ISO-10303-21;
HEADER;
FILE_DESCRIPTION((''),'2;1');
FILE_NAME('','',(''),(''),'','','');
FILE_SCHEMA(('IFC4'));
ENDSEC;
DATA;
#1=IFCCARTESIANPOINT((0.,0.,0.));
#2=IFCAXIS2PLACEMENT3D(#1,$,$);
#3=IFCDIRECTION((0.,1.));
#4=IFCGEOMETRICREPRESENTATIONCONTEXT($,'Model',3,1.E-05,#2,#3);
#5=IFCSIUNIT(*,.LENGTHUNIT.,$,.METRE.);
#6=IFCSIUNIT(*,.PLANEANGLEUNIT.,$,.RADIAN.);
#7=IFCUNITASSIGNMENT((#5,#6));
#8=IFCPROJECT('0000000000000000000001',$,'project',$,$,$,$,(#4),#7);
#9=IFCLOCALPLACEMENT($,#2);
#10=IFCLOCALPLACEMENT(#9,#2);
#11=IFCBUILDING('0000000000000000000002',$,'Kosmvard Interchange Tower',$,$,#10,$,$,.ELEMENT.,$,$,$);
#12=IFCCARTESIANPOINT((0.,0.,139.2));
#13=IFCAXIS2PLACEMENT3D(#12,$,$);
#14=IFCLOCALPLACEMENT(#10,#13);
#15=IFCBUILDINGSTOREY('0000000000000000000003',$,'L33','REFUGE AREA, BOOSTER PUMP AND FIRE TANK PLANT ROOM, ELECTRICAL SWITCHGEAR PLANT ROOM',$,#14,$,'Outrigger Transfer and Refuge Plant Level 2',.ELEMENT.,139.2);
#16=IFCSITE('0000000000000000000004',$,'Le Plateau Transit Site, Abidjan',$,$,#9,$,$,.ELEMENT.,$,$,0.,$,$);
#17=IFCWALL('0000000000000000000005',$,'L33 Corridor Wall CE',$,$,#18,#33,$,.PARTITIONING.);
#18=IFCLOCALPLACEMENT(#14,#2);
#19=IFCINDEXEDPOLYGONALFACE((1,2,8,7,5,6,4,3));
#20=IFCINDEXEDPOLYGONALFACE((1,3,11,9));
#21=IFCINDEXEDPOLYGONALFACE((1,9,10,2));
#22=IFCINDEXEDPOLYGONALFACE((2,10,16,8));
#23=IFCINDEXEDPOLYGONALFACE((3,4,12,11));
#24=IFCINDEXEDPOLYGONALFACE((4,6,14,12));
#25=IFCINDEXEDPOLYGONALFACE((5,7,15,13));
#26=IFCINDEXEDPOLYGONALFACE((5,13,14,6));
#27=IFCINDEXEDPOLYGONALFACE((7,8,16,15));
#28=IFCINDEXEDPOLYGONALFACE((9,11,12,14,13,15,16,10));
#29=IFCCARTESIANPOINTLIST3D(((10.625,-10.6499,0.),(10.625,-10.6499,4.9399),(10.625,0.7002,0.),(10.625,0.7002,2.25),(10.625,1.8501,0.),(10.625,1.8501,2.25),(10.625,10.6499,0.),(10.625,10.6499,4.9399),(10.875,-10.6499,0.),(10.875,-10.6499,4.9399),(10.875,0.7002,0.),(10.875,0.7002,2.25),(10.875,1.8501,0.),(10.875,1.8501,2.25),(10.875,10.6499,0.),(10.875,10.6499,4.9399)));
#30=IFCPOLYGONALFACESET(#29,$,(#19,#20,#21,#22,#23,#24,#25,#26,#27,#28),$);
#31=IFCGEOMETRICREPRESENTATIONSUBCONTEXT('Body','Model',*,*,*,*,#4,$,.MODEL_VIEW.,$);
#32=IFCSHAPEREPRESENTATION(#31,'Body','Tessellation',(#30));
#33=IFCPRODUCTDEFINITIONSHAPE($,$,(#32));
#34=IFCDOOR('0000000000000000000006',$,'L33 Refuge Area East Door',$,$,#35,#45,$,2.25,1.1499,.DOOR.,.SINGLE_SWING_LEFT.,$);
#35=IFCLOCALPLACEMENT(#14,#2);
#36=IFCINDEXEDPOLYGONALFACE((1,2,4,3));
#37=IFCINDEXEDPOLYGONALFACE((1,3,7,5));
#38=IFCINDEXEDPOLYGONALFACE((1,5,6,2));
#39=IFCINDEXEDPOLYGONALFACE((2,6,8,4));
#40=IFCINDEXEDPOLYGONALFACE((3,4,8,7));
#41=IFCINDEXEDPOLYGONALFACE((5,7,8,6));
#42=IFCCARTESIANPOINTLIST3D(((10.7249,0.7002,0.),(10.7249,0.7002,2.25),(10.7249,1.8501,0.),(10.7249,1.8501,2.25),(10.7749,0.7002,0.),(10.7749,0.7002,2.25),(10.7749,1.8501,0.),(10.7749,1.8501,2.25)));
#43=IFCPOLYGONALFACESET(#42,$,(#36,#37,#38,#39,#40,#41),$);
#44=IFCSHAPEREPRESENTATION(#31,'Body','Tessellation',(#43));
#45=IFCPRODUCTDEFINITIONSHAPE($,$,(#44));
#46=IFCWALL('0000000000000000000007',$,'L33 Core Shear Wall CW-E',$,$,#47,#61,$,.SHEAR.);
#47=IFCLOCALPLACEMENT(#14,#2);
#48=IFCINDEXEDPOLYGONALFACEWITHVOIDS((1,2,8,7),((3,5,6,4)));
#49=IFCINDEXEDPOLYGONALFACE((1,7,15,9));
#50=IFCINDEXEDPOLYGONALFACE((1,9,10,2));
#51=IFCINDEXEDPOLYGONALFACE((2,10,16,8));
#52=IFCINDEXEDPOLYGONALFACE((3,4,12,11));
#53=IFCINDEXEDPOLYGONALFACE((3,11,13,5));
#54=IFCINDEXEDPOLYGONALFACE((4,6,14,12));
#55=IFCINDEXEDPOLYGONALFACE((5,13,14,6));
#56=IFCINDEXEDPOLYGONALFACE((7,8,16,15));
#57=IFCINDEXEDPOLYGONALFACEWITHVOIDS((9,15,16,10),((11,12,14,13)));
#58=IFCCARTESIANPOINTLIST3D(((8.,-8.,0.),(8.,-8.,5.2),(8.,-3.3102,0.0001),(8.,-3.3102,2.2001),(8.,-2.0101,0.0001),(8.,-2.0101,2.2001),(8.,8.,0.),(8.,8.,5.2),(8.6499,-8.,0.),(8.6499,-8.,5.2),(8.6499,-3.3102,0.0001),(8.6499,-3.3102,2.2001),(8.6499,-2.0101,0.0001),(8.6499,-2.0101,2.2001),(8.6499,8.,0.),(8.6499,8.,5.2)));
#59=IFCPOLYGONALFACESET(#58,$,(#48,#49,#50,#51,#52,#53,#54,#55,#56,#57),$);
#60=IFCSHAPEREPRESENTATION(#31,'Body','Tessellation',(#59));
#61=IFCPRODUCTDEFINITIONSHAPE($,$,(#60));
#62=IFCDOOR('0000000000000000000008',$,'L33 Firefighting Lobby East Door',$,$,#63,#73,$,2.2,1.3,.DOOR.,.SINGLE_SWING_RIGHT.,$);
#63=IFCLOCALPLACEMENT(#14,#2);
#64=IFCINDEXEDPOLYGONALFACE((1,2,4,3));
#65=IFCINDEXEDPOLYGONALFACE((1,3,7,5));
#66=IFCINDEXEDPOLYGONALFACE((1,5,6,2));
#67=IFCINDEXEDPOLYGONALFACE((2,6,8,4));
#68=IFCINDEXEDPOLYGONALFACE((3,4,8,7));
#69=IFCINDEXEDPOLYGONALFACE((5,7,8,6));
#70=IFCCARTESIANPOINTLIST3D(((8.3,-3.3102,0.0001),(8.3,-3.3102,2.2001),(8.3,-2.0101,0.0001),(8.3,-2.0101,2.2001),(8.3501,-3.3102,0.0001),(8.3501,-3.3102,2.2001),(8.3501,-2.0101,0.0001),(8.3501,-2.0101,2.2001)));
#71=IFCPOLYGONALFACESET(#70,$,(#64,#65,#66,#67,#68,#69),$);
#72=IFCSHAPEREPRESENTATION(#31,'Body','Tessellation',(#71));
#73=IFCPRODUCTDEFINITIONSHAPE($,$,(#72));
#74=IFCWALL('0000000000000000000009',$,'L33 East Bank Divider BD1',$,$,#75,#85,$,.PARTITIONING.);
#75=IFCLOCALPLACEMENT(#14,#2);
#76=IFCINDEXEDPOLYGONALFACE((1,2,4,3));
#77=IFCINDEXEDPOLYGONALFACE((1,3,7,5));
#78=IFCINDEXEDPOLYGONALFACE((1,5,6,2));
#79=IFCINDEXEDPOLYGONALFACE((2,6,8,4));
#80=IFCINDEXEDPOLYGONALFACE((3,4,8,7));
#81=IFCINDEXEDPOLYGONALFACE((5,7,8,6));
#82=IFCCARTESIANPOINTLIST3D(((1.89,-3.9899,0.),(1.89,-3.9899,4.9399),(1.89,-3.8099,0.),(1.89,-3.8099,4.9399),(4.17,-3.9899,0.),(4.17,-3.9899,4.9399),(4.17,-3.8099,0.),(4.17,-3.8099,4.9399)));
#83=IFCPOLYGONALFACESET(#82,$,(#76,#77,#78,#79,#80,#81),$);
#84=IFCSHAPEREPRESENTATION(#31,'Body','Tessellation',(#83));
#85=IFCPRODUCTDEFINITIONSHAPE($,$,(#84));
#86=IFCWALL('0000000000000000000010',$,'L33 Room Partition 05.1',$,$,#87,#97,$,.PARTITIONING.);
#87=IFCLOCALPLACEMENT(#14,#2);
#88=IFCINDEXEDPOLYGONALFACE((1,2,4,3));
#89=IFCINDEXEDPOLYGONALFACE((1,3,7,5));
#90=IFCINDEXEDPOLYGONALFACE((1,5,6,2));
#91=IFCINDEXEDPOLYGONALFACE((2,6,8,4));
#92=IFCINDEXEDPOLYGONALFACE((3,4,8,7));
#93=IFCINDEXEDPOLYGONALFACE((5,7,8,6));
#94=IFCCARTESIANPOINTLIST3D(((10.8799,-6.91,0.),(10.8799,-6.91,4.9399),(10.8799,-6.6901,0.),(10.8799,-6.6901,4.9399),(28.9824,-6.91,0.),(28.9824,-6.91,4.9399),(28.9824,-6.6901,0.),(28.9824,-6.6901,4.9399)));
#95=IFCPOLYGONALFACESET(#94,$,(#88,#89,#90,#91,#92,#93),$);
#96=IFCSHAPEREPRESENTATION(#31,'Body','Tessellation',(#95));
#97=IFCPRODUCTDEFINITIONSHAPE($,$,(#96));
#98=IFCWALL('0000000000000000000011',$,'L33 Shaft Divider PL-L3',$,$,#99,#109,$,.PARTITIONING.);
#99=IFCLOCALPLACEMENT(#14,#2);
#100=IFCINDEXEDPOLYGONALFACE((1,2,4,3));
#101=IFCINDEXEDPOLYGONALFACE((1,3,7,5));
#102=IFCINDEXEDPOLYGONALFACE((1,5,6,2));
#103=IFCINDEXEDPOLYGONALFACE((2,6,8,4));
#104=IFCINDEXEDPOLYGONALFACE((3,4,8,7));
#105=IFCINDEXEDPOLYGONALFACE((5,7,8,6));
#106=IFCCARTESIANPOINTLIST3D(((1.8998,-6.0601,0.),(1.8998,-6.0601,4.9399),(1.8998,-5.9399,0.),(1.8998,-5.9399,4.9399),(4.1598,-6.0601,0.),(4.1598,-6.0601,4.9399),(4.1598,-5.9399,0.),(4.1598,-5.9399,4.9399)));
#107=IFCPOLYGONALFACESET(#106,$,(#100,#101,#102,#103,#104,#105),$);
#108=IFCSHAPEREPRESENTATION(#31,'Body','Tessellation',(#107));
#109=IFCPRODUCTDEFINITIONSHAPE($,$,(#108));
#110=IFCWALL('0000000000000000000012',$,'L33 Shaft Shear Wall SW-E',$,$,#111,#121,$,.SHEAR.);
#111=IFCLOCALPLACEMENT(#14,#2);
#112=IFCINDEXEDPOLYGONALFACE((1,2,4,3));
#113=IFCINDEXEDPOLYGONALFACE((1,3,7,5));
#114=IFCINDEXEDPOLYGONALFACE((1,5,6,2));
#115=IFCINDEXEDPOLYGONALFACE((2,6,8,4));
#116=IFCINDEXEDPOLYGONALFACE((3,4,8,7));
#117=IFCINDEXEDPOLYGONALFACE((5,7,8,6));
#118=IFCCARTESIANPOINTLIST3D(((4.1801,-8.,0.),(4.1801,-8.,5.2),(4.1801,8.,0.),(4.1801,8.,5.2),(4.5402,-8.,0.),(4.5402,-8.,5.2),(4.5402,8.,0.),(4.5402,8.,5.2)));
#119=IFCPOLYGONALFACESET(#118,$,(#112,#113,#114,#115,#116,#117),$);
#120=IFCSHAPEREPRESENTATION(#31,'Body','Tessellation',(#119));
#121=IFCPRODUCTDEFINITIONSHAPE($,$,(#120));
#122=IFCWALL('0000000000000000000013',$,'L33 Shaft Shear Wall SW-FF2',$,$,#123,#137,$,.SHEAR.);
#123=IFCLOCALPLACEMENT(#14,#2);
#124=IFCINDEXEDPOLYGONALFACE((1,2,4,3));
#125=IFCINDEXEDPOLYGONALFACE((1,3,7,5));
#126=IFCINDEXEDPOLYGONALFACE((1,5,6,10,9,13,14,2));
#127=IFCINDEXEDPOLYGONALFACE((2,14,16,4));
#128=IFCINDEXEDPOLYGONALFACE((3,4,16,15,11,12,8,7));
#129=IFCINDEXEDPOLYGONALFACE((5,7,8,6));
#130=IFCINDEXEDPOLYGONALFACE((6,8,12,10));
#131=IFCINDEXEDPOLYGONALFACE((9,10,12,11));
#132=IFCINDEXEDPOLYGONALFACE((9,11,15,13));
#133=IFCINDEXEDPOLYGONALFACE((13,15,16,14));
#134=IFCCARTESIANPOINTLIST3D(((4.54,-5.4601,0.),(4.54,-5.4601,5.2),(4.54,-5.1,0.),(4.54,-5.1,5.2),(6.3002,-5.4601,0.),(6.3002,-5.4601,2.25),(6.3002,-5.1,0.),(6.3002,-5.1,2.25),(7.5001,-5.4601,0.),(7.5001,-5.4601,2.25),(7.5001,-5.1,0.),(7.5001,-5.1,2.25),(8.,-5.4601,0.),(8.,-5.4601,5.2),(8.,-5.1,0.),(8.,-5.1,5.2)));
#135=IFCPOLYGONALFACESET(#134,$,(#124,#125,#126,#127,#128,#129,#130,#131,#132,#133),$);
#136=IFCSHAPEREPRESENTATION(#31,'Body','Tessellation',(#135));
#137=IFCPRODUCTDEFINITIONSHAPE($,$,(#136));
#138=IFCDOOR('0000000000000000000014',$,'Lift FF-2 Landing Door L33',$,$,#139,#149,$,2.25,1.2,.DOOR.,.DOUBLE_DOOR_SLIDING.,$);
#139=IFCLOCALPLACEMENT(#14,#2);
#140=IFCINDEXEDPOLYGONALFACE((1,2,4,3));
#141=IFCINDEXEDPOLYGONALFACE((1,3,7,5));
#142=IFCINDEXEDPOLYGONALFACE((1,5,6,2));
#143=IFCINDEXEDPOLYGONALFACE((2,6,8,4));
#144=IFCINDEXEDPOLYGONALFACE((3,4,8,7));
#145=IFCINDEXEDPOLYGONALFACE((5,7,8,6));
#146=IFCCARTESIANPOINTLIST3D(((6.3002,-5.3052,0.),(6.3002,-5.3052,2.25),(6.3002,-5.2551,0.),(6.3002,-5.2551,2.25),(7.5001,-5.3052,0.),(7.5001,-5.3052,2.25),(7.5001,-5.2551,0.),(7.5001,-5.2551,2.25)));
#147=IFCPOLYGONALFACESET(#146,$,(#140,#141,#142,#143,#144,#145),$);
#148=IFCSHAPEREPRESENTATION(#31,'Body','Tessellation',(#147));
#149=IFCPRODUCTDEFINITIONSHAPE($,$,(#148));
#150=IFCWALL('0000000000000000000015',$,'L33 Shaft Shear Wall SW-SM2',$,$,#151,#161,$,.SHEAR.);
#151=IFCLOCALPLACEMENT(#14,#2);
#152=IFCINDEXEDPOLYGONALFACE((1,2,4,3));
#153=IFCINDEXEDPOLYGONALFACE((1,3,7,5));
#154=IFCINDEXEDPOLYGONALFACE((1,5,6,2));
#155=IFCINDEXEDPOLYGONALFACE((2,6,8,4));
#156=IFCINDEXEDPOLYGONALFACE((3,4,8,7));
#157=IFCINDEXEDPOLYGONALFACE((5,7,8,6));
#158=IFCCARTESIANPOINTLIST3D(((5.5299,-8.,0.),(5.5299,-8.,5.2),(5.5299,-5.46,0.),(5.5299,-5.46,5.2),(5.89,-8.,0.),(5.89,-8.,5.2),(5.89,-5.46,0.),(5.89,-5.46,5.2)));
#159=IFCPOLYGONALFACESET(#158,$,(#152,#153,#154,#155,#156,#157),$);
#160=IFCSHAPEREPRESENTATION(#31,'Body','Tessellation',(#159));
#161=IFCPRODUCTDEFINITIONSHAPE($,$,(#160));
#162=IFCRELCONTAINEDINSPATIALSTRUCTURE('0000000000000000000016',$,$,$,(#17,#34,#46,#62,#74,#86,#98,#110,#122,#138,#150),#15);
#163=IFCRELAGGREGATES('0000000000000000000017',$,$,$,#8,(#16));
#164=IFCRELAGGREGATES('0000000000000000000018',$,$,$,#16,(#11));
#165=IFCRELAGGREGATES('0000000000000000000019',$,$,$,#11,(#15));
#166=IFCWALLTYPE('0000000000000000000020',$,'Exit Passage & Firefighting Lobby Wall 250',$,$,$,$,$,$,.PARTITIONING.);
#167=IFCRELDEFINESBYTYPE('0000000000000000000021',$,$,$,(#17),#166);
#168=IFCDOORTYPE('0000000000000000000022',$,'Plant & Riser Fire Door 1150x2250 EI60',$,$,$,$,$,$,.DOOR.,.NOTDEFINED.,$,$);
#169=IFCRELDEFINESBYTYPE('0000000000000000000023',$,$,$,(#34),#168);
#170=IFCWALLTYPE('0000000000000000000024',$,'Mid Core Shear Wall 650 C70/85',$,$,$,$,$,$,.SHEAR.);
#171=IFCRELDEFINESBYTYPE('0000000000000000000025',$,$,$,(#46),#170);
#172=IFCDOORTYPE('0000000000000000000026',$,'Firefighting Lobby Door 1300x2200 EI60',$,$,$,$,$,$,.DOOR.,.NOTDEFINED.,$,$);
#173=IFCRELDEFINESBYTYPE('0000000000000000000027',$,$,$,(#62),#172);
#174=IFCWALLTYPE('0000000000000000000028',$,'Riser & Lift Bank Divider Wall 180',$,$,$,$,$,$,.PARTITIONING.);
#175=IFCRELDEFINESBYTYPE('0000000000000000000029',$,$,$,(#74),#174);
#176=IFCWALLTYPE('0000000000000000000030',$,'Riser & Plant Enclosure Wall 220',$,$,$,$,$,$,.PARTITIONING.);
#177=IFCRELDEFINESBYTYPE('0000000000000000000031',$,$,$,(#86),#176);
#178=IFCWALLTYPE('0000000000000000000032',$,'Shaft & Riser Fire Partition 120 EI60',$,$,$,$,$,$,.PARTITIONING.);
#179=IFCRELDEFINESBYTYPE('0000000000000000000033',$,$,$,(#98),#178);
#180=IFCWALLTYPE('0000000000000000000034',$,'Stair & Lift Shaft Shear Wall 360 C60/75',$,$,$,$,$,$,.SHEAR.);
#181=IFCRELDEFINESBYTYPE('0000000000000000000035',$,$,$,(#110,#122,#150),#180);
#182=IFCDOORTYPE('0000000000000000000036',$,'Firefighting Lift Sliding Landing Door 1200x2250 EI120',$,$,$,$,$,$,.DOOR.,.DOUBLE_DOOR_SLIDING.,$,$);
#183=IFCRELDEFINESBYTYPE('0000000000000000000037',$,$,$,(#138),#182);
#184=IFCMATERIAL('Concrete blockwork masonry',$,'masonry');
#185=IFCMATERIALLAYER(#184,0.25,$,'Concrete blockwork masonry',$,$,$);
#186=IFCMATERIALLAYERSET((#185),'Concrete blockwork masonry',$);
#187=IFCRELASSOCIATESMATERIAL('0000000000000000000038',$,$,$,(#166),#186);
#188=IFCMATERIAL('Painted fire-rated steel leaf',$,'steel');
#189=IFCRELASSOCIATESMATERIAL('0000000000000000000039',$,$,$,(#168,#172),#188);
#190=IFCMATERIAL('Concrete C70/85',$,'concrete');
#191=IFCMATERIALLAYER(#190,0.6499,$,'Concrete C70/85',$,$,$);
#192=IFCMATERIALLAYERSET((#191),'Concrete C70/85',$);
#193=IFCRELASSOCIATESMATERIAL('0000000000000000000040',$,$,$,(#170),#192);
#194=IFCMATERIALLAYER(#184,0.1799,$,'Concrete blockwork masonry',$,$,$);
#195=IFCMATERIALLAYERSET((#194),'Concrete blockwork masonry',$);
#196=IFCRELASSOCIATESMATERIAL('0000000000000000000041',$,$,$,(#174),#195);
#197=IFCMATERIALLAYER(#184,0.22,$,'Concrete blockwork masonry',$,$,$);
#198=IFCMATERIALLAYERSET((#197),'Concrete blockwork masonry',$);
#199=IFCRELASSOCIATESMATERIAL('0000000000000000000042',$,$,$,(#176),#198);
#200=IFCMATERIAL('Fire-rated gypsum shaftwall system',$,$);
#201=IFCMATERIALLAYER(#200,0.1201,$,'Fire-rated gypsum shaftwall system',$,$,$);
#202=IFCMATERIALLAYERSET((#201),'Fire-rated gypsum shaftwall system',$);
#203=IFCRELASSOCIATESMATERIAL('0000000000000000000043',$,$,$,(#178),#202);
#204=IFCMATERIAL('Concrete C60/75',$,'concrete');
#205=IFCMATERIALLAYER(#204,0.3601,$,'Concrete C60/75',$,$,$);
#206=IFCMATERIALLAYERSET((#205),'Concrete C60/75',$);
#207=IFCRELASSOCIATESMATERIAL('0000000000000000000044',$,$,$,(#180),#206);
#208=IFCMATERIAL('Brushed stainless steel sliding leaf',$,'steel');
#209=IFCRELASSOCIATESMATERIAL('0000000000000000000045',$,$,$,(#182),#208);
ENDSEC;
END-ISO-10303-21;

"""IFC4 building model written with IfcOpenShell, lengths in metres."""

from ifc_helpers import new_model, si_unit, direction, frame, frame_2d, origin, place, context, subcontext, project, spatial, rectangle, extrude, source, transform, mapped, material, layer, layer_set, type_object, element, fill, save


model = new_model("IFC4")

# Units and contexts
model_context = context("Model", 3, precision=1e-05, world=origin(), true_north=direction((0.0, 1.0)))
body_context = subcontext(model_context, "Body", "Model", "MODEL_VIEW")
ifc_project = project(units=[si_unit("LENGTHUNIT", "METRE"), si_unit("PLANEANGLEUNIT", "RADIAN")], contexts=[model_context])

# Site, building, storey
site_placement = place(None, origin())
site = spatial("IfcSite", under=ifc_project, at=site_placement, Name="Le Plateau Transit Site, Abidjan", CompositionType="ELEMENT", RefElevation=0.0)
building_placement = place(site_placement, origin())
building = spatial("IfcBuilding", under=site, at=building_placement, Name="Kosmvard Interchange Tower", CompositionType="ELEMENT")
storey_placement = place(building_placement, frame((0.0, 0.0, 139.2)))
storey = spatial("IfcBuildingStorey", under=building, at=storey_placement, Name="L33", Description="REFUGE AREA, BOOSTER PUMP AND FIRE TANK PLANT ROOM, ELECTRICAL SWITCHGEAR PLANT ROOM", LongName="Outrigger Transfer and Refuge Plant Level 2", CompositionType="ELEMENT", Elevation=139.2)

# Shared definitions
ifc_material_1 = material(Name="Brushed stainless steel sliding leaf", Category="steel")

# Walls, openings, doors
ifc_material_2 = material(Name="Concrete blockwork masonry", Category="masonry")
ifc_layer_1 = layer(ifc_material_2, 0.25, Name="Concrete blockwork masonry")
ifc_layer_set_1 = layer_set([ifc_layer_1], Name="Concrete blockwork masonry")
wall_type_1 = type_object("IfcWallType", Name="Exit Passage & Firefighting Lobby Wall 250", PredefinedType="PARTITIONING", material=ifc_layer_set_1)
wall_1_placement = place(storey_placement, frame((10.75, -10.6499, 0.0), z_axis=(0.0, 0.0, 1.0), x_axis=(0.0, 1.0, 0.0)))
wall_1 = element("IfcWall", 1, at=wall_1_placement, inside=storey, type_object=wall_type_1, Name="L33 Corridor Wall CE", PredefinedType="PARTITIONING", context=body_context, shape_type="SweptSolid", body=[
    extrude(rectangle(XDim=21.2998, YDim=0.25, at=frame_2d((10.6499, 0.0))), origin(), (0.0, 0.0, 1.0), 4.9399),
])
opening_1_placement = place(wall_1_placement, frame((11.3501, 0.0, 0.0)))
opening_1 = element("IfcOpeningElement", 2, at=opening_1_placement, cuts=wall_1, PredefinedType="OPENING", context=body_context, shape_type="SweptSolid", body=[
    extrude(rectangle(XDim=1.1499, YDim=2.25, at=frame_2d((0.575, 1.125))), frame((0.0, 0.135, 0.0), z_axis=(0.0, -1.0, 0.0), x_axis=(1.0, 0.0, 0.0)), (0.0, 0.0, 1.0), 0.27),
])
ifc_material_3 = material(Name="Painted fire-rated steel leaf", Category="steel")
door_type_1 = type_object("IfcDoorType", Name="Plant & Riser Fire Door 1150x2250 EI60", OperationType="NOTDEFINED", PredefinedType="DOOR", material=ifc_material_3)
shared_shape_1 = source(origin(), body_context, "Body", "SweptSolid", [
    extrude(rectangle(XDim=1.1499, YDim=2.25, at=frame_2d((0.575, 1.125))), frame((0.0, 0.0249, 0.0), z_axis=(0.0, -1.0, 0.0), x_axis=(1.0, 0.0, 0.0)), (0.0, 0.0, 1.0), 0.05),
])
door_1_placement = place(opening_1_placement, frame((1.1499, 0.0, 0.0), z_axis=(0.0, 0.0, 1.0), x_axis=(-1.0, 0.0, 0.0)))
door_1 = element("IfcDoor", 3, at=door_1_placement, inside=storey, type_object=door_type_1, Name="L33 Refuge Area East Door", OperationType="SINGLE_SWING_LEFT", OverallHeight=2.25, OverallWidth=1.1499, PredefinedType="DOOR", context=body_context, shape_type="MappedRepresentation", body=[
    mapped(shared_shape_1, transform((0.0, 0.0, 0.0), scale=1.0)),
])
fill(opening_1, door_1)
ifc_material_4 = material(Name="Concrete C70/85", Category="concrete")
ifc_layer_2 = layer(ifc_material_4, 0.6499, Name="Concrete C70/85")
ifc_layer_set_2 = layer_set([ifc_layer_2], Name="Concrete C70/85")
wall_type_2 = type_object("IfcWallType", Name="Mid Core Shear Wall 650 C70/85", PredefinedType="SHEAR", material=ifc_layer_set_2)
wall_2_placement = place(storey_placement, frame((8.325, -8.0, 0.0), z_axis=(0.0, 0.0, 1.0), x_axis=(0.0, 1.0, 0.0)))
wall_2 = element("IfcWall", 4, at=wall_2_placement, inside=storey, type_object=wall_type_2, Name="L33 Core Shear Wall CW-E", PredefinedType="SHEAR", context=body_context, shape_type="SweptSolid", body=[
    extrude(rectangle(XDim=16.0, YDim=0.6499, at=frame_2d((8.0, 0.0))), origin(), (0.0, 0.0, 1.0), 5.2),
])
opening_2_placement = place(wall_2_placement, frame((4.6899, 0.0, 0.0)))
opening_2 = element("IfcOpeningElement", 5, at=opening_2_placement, cuts=wall_2, PredefinedType="OPENING", context=body_context, shape_type="SweptSolid", body=[
    extrude(rectangle(XDim=1.3, YDim=2.2, at=frame_2d((0.6499, 1.1001))), frame((0.0, 0.335, 0.0), z_axis=(0.0, -1.0, 0.0), x_axis=(1.0, 0.0, 0.0)), (0.0, 0.0, 1.0), 0.6699),
])
door_type_2 = type_object("IfcDoorType", Name="Firefighting Lobby Door 1300x2200 EI60", OperationType="NOTDEFINED", PredefinedType="DOOR", material=ifc_material_3)
shared_shape_2 = source(origin(), body_context, "Body", "SweptSolid", [
    extrude(rectangle(XDim=1.3, YDim=2.2, at=frame_2d((0.6499, 1.1001))), frame((0.0, 0.0249, 0.0), z_axis=(0.0, -1.0, 0.0), x_axis=(1.0, 0.0, 0.0)), (0.0, 0.0, 1.0), 0.05),
])
door_2_placement = place(opening_2_placement, origin())
door_2 = element("IfcDoor", 6, at=door_2_placement, inside=storey, type_object=door_type_2, Name="L33 Firefighting Lobby East Door", OperationType="SINGLE_SWING_RIGHT", OverallHeight=2.2, OverallWidth=1.3, PredefinedType="DOOR", context=body_context, shape_type="MappedRepresentation", body=[
    mapped(shared_shape_2, transform((0.0, 0.0, 0.0), scale=1.0)),
])
fill(opening_2, door_2)

# Walls
ifc_layer_3 = layer(ifc_material_2, 0.1799, Name="Concrete blockwork masonry")
ifc_layer_set_3 = layer_set([ifc_layer_3], Name="Concrete blockwork masonry")
wall_type_3 = type_object("IfcWallType", Name="Riser & Lift Bank Divider Wall 180", PredefinedType="PARTITIONING", material=ifc_layer_set_3)
wall_3_placement = place(storey_placement, frame((1.8899, -3.8999, 0.0), z_axis=(0.0, 0.0, 1.0), x_axis=(1.0, 0.0, 0.0)))
element("IfcWall", 7, at=wall_3_placement, inside=storey, type_object=wall_type_3, Name="L33 East Bank Divider BD1", PredefinedType="PARTITIONING", context=body_context, shape_type="SweptSolid", body=[
    extrude(rectangle(XDim=2.28, YDim=0.1799, at=frame_2d((1.1401, 0.0))), origin(), (0.0, 0.0, 1.0), 4.9399),
])
ifc_layer_4 = layer(ifc_material_2, 0.22, Name="Concrete blockwork masonry")
ifc_layer_set_4 = layer_set([ifc_layer_4], Name="Concrete blockwork masonry")
wall_type_4 = type_object("IfcWallType", Name="Riser & Plant Enclosure Wall 220", PredefinedType="PARTITIONING", material=ifc_layer_set_4)
wall_4_placement = place(storey_placement, frame((10.8799, -6.8, 0.0), z_axis=(0.0, 0.0, 1.0), x_axis=(1.0, 0.0, 0.0)))
element("IfcWall", 8, at=wall_4_placement, inside=storey, type_object=wall_type_4, Name="L33 Room Partition 05.1", PredefinedType="PARTITIONING", context=body_context, shape_type="SweptSolid", body=[
    extrude(rectangle(XDim=18.1025, YDim=0.22, at=frame_2d((9.0513, 0.0))), origin(), (0.0, 0.0, 1.0), 4.9399),
])
ifc_material_5 = material(Name="Fire-rated gypsum shaftwall system")
ifc_layer_5 = layer(ifc_material_5, 0.1201, Name="Fire-rated gypsum shaftwall system")
ifc_layer_set_5 = layer_set([ifc_layer_5], Name="Fire-rated gypsum shaftwall system")
wall_type_5 = type_object("IfcWallType", Name="Shaft & Riser Fire Partition 120 EI60", PredefinedType="PARTITIONING", material=ifc_layer_set_5)
wall_5_placement = place(storey_placement, frame((1.8999, -6.0, 0.0), z_axis=(0.0, 0.0, 1.0), x_axis=(1.0, 0.0, 0.0)))
element("IfcWall", 9, at=wall_5_placement, inside=storey, type_object=wall_type_5, Name="L33 Shaft Divider PL-L3", PredefinedType="PARTITIONING", context=body_context, shape_type="SweptSolid", body=[
    extrude(rectangle(XDim=2.26, YDim=0.1201, at=frame_2d((1.1299, 0.0))), origin(), (0.0, 0.0, 1.0), 4.9399),
])
ifc_material_6 = material(Name="Concrete C60/75", Category="concrete")
ifc_layer_6 = layer(ifc_material_6, 0.3601, Name="Concrete C60/75")
ifc_layer_set_6 = layer_set([ifc_layer_6], Name="Concrete C60/75")
wall_type_6 = type_object("IfcWallType", Name="Stair & Lift Shaft Shear Wall 360 C60/75", PredefinedType="SHEAR", material=ifc_layer_set_6)
wall_6_placement = place(storey_placement, frame((4.3601, -8.0, 0.0), z_axis=(0.0, 0.0, 1.0), x_axis=(0.0, 1.0, 0.0)))
element("IfcWall", 10, at=wall_6_placement, inside=storey, type_object=wall_type_6, Name="L33 Shaft Shear Wall SW-E", PredefinedType="SHEAR", context=body_context, shape_type="SweptSolid", body=[
    extrude(rectangle(XDim=16.0, YDim=0.3601, at=frame_2d((8.0, 0.0))), origin(), (0.0, 0.0, 1.0), 5.2),
])

# Wall, opening, door
wall_7_placement = place(storey_placement, frame((4.54, -5.28, 0.0), z_axis=(0.0, 0.0, 1.0), x_axis=(1.0, 0.0, 0.0)))
wall_7 = element("IfcWall", 11, at=wall_7_placement, inside=storey, type_object=wall_type_6, Name="L33 Shaft Shear Wall SW-FF2", PredefinedType="SHEAR", context=body_context, shape_type="SweptSolid", body=[
    extrude(rectangle(XDim=3.46, YDim=0.3601, at=frame_2d((1.73, 0.0))), origin(), (0.0, 0.0, 1.0), 5.2),
])
opening_3_placement = place(wall_7_placement, frame((1.76, 0.0, 0.0)))
opening_3 = element("IfcOpeningElement", 12, at=opening_3_placement, cuts=wall_7, PredefinedType="OPENING", context=body_context, shape_type="SweptSolid", body=[
    extrude(rectangle(XDim=1.2, YDim=2.25, at=frame_2d((0.6001, 1.125))), frame((0.0, 0.1899, 0.0), z_axis=(0.0, -1.0, 0.0), x_axis=(1.0, 0.0, 0.0)), (0.0, 0.0, 1.0), 0.3801),
])
door_type_3 = type_object("IfcDoorType", Name="Firefighting Lift Sliding Landing Door 1200x2250 EI120", OperationType="DOUBLE_DOOR_SLIDING", PredefinedType="DOOR", material=ifc_material_1)
shared_shape_3 = source(origin(), body_context, "Body", "SweptSolid", [
    extrude(rectangle(XDim=1.2, YDim=2.25, at=frame_2d((0.6001, 1.125))), frame((0.0, 0.0249, 0.0), z_axis=(0.0, -1.0, 0.0), x_axis=(1.0, 0.0, 0.0)), (0.0, 0.0, 1.0), 0.05),
])
door_3_placement = place(opening_3_placement, origin())
door_3 = element("IfcDoor", 13, at=door_3_placement, inside=storey, type_object=door_type_3, Name="Lift FF-2 Landing Door L33", OperationType="DOUBLE_DOOR_SLIDING", OverallHeight=2.25, OverallWidth=1.2, PredefinedType="DOOR", context=body_context, shape_type="MappedRepresentation", body=[
    mapped(shared_shape_3, transform((0.0, 0.0, 0.0), scale=1.0)),
])
fill(opening_3, door_3)

# Wall
wall_8_placement = place(storey_placement, frame((5.71, -8.0, 0.0), z_axis=(0.0, 0.0, 1.0), x_axis=(0.0, 1.0, 0.0)))
element("IfcWall", 14, at=wall_8_placement, inside=storey, type_object=wall_type_6, Name="L33 Shaft Shear Wall SW-SM2", PredefinedType="SHEAR", context=body_context, shape_type="SweptSolid", body=[
    extrude(rectangle(XDim=2.54, YDim=0.3601, at=frame_2d((1.27, 0.0))), origin(), (0.0, 0.0, 1.0), 5.2),
])

save(model, "model.ifc")
